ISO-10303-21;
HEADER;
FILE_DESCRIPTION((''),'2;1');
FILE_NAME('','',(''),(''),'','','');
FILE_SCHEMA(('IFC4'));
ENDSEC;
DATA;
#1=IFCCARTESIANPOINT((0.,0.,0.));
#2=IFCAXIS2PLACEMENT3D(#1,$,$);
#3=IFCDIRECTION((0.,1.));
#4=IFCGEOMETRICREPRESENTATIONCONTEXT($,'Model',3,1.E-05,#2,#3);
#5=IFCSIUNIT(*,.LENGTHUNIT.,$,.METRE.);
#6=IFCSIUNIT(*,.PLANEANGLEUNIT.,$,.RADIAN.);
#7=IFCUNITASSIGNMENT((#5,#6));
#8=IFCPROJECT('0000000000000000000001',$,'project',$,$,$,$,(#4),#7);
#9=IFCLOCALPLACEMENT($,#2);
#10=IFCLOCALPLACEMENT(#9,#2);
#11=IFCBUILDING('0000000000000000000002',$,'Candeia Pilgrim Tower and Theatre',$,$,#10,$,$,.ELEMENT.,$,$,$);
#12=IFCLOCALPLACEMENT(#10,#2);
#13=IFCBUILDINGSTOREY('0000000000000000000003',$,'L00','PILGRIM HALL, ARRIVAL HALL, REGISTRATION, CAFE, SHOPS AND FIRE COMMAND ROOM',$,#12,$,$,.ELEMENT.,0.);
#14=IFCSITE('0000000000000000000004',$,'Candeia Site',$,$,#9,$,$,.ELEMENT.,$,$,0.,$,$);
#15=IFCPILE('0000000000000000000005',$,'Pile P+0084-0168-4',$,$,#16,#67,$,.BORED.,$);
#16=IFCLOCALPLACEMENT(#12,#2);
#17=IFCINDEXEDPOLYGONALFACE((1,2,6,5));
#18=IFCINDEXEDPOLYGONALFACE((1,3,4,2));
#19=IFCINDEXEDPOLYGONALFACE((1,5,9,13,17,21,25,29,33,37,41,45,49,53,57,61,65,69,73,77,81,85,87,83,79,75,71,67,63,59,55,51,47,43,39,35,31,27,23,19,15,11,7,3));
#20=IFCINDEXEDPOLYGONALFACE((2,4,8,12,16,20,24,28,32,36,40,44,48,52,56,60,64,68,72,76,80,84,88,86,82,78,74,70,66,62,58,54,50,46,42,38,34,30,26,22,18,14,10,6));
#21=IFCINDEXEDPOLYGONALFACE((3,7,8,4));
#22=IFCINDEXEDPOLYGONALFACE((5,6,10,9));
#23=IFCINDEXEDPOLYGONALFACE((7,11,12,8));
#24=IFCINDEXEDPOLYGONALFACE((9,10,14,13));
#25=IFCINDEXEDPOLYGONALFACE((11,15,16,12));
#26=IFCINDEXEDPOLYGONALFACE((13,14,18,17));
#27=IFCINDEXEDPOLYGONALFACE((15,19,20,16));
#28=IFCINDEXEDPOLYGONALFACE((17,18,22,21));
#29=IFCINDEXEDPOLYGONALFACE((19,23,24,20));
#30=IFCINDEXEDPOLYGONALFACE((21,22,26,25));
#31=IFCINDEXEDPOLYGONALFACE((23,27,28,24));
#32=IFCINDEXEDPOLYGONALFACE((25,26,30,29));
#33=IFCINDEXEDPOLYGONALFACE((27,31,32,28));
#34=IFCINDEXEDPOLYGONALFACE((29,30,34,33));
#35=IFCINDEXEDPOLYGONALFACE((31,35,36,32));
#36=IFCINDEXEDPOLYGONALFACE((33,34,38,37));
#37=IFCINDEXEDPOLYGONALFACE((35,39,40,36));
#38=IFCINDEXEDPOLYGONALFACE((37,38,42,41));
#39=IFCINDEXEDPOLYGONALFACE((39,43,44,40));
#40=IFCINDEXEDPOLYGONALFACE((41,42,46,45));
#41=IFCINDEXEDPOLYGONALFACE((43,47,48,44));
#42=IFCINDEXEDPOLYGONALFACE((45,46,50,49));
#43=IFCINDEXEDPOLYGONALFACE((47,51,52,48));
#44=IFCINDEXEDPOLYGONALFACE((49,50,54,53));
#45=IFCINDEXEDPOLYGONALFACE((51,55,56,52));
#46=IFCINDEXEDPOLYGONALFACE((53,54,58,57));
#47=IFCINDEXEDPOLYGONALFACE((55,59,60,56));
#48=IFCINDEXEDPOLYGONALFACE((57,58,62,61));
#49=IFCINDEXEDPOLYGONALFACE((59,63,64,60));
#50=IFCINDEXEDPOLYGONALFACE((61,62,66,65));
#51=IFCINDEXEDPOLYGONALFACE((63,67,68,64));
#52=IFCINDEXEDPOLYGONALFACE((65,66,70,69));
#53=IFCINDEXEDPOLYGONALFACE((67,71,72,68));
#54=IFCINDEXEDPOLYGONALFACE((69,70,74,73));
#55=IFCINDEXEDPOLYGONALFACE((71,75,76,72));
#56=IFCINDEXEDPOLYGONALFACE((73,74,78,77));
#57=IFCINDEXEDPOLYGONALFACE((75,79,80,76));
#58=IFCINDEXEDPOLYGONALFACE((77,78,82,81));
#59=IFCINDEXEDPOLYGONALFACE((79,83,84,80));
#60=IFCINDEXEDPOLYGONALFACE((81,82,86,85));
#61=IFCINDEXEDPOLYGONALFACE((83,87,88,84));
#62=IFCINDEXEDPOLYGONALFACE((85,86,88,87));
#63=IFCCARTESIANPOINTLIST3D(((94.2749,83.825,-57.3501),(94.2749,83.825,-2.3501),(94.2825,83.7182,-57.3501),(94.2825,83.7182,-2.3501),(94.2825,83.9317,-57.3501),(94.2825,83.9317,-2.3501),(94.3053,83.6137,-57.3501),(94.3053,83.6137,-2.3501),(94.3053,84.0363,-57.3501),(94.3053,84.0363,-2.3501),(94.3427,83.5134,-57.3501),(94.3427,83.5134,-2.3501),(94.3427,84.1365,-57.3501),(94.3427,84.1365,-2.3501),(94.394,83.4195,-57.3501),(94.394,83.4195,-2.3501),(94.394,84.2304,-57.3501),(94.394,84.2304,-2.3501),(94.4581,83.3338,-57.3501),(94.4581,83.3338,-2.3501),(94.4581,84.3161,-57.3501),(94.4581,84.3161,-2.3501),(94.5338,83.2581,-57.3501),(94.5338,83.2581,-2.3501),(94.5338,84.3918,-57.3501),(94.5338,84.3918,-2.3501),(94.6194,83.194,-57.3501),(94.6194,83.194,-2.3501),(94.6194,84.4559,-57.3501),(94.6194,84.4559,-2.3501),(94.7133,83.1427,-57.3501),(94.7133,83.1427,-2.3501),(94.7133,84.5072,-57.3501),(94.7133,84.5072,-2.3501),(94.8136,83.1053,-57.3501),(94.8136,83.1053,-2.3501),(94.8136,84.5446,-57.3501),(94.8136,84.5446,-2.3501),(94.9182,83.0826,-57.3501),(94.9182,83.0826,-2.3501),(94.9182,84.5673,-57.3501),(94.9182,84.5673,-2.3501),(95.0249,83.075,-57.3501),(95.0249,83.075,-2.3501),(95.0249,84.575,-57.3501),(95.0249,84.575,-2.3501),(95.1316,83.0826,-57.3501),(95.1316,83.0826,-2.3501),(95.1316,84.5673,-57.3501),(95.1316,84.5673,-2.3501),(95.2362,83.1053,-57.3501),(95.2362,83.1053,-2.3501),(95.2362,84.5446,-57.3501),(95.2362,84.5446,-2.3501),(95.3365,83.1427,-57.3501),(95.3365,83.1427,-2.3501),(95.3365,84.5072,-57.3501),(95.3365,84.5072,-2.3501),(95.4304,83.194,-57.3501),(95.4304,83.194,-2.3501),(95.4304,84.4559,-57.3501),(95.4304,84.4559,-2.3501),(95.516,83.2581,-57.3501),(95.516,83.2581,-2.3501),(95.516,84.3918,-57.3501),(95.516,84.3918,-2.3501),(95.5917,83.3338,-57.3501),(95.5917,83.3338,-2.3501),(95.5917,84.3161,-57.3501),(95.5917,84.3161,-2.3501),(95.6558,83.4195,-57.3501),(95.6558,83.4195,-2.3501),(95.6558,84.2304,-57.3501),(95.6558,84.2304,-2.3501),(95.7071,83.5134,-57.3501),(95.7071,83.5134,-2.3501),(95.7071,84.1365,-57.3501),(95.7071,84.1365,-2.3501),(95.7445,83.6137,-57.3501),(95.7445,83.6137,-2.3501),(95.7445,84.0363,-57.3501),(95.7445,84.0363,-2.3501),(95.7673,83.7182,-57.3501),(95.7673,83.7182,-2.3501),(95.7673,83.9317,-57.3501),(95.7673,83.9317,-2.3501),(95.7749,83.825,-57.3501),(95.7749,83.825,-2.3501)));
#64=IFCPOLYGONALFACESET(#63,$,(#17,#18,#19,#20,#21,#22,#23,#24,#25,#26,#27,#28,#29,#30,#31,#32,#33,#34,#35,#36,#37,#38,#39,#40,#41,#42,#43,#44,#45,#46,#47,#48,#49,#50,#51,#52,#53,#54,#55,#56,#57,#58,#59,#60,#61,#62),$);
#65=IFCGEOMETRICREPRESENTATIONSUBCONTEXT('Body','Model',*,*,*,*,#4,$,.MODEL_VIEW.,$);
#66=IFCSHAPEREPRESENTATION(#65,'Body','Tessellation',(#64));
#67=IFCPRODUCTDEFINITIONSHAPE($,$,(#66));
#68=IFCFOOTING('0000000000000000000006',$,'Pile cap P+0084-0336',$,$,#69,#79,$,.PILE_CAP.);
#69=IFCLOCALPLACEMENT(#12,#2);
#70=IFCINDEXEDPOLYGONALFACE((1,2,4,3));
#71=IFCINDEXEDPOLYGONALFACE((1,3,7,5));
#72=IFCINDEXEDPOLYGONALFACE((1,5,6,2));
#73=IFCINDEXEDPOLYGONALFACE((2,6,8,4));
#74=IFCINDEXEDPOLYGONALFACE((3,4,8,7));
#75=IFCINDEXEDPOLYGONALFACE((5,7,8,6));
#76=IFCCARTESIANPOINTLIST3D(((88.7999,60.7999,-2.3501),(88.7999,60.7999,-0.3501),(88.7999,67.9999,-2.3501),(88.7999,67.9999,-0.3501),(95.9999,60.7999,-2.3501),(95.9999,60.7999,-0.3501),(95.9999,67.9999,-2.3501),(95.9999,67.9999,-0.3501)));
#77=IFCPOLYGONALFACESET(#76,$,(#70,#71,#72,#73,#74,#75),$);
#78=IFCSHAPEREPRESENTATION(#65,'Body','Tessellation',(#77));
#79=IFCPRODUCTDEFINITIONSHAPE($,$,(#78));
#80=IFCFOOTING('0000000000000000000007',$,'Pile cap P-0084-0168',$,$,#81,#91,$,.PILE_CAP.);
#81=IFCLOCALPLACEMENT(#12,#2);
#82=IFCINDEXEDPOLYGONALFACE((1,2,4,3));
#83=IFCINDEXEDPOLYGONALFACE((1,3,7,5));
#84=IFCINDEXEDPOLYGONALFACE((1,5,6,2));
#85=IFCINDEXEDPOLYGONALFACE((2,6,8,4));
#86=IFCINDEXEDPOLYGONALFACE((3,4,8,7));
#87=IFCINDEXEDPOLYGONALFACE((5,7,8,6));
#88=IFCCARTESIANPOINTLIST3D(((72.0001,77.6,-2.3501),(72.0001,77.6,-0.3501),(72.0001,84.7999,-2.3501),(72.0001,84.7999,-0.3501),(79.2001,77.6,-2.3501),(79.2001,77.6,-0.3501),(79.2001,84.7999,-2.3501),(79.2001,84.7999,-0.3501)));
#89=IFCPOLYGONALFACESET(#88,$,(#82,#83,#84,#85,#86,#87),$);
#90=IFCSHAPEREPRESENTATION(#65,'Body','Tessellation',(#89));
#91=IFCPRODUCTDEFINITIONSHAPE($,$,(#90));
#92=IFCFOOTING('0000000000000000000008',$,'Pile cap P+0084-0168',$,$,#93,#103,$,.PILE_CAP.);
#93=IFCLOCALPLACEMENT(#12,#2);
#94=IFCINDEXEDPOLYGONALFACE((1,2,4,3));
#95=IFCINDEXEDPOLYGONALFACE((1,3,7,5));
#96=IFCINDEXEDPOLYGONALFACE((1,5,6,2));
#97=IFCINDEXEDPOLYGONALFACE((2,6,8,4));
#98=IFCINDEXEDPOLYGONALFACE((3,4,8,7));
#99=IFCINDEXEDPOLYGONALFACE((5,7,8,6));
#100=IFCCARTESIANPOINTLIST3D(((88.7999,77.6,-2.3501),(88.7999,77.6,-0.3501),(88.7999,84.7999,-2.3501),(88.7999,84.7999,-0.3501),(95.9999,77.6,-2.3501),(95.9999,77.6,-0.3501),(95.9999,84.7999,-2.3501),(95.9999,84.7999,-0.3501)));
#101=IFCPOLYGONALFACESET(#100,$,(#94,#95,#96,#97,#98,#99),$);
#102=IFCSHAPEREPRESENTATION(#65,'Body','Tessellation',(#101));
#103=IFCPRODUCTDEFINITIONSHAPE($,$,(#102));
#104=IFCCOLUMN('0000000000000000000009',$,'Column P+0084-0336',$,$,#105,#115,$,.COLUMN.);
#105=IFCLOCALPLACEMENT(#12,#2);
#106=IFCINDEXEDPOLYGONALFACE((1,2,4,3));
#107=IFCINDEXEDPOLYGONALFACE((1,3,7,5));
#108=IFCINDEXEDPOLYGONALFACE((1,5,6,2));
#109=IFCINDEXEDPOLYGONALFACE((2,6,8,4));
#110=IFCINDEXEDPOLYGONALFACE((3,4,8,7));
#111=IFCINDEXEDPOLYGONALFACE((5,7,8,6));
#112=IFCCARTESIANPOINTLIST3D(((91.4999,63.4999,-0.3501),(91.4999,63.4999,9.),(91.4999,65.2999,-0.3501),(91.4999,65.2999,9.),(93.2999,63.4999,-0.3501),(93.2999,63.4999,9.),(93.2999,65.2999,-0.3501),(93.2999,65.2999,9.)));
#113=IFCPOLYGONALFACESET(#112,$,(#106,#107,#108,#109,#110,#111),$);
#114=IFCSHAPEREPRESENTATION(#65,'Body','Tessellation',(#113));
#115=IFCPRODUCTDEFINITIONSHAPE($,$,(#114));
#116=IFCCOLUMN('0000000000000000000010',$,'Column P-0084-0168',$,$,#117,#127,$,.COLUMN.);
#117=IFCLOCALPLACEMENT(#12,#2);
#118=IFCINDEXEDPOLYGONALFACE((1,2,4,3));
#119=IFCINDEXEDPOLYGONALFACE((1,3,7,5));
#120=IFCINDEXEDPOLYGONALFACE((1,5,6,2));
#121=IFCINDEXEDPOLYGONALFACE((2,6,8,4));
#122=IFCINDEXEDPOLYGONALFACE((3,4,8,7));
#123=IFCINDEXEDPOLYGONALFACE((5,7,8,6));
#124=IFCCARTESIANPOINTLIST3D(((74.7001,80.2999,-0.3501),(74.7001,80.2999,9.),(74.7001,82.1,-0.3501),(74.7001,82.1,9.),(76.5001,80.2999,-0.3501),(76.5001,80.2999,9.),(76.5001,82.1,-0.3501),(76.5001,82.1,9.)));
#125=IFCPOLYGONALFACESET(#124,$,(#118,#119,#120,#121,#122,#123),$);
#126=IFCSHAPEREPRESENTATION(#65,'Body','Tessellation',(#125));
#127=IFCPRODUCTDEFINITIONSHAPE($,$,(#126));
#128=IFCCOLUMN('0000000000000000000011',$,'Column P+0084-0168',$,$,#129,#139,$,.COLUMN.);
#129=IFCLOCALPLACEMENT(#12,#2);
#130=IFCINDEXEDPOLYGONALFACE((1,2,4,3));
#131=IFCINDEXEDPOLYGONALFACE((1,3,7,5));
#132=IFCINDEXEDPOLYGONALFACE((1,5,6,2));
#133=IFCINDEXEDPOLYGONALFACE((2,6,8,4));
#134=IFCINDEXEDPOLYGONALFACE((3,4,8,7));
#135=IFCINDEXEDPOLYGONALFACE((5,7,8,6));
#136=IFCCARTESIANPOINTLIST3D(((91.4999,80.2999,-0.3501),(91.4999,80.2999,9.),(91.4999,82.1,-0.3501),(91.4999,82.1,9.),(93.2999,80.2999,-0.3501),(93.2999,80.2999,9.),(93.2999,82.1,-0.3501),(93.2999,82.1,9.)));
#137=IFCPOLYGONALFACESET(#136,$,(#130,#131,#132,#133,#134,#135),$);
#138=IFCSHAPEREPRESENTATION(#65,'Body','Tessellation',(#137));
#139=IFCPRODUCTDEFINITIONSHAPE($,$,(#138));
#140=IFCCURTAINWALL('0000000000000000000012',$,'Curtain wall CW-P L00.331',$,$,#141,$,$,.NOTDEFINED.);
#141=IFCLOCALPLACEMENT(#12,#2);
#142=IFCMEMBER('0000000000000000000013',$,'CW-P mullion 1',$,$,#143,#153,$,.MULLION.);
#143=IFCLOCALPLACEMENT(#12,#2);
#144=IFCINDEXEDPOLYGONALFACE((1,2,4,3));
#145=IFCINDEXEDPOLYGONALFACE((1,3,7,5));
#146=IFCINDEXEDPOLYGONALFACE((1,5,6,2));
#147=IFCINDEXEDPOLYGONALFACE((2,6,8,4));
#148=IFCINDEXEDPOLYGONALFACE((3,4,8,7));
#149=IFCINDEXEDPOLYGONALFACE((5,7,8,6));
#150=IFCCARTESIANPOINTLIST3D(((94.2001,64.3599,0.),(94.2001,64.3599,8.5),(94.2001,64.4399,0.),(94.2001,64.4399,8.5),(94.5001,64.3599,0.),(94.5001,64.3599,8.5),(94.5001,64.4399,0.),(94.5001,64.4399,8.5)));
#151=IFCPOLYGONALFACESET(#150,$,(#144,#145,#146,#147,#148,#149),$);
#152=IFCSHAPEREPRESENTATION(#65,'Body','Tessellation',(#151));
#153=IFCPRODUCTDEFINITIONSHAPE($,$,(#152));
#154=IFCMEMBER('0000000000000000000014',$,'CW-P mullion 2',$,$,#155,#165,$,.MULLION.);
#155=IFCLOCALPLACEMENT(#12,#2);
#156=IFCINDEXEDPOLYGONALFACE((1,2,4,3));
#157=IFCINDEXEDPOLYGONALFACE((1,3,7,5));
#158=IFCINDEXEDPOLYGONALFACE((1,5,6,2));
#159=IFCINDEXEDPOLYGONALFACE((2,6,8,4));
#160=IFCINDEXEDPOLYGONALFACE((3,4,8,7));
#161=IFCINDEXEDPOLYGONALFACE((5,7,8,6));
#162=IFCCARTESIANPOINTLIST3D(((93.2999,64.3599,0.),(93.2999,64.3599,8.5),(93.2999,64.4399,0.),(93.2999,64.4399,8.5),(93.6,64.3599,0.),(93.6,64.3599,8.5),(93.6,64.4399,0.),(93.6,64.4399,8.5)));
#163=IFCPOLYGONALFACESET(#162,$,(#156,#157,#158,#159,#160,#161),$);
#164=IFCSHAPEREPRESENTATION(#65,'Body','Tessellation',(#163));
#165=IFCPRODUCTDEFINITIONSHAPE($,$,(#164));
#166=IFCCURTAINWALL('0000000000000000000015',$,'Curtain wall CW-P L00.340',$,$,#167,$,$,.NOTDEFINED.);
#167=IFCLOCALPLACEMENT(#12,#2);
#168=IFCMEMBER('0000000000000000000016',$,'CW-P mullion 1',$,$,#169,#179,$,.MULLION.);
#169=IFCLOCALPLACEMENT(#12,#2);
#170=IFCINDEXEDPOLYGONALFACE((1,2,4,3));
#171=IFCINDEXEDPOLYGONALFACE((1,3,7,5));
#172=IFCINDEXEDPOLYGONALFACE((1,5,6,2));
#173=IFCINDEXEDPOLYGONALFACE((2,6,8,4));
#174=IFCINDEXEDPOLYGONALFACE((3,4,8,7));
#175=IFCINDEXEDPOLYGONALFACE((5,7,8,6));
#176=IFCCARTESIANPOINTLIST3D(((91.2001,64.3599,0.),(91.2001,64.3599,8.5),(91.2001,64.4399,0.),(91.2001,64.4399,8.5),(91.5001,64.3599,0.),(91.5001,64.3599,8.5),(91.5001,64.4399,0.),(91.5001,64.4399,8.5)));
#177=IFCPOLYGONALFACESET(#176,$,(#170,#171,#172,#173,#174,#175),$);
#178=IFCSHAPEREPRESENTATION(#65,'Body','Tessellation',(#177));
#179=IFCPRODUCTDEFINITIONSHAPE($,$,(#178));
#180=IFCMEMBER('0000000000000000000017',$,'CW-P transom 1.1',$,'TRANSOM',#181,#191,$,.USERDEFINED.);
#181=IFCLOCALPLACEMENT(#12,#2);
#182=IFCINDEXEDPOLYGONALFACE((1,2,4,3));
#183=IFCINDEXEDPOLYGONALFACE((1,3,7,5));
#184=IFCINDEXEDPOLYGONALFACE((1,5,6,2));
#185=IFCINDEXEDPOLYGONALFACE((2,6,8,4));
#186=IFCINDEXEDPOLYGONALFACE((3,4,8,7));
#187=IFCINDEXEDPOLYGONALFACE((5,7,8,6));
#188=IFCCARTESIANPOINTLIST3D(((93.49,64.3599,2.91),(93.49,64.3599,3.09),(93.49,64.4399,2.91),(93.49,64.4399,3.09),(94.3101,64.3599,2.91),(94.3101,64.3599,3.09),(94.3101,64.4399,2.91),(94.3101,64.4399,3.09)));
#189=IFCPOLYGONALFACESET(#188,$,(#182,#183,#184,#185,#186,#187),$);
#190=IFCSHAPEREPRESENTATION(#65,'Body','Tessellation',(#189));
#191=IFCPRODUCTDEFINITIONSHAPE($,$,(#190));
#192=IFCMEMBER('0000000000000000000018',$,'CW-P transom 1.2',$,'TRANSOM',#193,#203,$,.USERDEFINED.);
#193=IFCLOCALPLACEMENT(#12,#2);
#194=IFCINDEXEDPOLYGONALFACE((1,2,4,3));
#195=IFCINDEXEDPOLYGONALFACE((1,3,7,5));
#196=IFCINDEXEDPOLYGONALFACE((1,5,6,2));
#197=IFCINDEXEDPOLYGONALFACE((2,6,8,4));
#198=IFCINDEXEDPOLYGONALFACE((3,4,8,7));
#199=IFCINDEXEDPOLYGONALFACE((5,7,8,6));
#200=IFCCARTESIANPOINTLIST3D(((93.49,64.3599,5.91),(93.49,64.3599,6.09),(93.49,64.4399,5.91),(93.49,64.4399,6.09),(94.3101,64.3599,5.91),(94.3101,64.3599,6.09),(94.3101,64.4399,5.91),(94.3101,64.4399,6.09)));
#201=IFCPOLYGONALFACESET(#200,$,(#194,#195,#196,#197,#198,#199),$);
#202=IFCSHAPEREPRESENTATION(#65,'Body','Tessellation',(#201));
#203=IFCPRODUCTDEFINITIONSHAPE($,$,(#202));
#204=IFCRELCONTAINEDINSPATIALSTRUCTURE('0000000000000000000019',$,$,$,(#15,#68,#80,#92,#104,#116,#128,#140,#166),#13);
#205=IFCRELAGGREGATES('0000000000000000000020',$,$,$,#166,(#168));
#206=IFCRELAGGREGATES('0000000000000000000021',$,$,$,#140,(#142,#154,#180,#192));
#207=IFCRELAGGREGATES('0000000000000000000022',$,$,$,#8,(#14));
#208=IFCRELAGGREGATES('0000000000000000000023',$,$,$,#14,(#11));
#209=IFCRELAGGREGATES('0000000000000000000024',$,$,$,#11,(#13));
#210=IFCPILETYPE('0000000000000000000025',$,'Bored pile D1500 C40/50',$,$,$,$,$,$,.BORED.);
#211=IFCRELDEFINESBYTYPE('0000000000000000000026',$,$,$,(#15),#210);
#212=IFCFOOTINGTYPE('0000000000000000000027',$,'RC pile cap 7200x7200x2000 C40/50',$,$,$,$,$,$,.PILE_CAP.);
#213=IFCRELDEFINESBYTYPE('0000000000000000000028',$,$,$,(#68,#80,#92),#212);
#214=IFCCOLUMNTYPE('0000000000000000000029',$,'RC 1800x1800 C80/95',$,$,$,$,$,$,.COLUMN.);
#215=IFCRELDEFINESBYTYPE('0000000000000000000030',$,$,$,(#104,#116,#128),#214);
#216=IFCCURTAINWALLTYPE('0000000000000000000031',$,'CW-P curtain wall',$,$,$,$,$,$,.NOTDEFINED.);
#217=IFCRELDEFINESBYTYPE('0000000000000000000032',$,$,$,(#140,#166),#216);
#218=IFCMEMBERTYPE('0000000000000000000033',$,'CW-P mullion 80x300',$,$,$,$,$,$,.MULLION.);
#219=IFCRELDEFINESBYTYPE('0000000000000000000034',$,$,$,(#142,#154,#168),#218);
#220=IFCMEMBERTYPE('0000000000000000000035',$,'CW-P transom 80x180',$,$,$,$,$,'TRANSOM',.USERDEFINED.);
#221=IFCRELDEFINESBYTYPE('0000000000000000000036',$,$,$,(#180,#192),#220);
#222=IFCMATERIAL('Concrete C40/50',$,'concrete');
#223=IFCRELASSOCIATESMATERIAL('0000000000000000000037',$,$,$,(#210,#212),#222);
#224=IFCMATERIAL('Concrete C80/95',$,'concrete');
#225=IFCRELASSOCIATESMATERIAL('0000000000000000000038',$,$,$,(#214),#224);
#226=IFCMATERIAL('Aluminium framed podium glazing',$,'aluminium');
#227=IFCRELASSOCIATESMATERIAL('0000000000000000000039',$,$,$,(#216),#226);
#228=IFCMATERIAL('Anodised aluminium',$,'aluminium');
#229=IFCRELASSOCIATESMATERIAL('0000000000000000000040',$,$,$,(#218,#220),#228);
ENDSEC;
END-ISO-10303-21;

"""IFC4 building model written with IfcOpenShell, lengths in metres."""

from ifc_helpers import new_model, si_unit, direction, frame, origin, origin_2d, place, context, subcontext, project, spatial, rectangle, circle, extrude, material, material_profile, profile_set, type_object, element, aggregate, save


model = new_model("IFC4")

# Units and contexts
model_context = context("Model", 3, precision=1e-05, world=origin(), true_north=direction((0.0, 1.0)))
body_context = subcontext(model_context, "Body", "Model", "MODEL_VIEW")
ifc_project = project(units=[si_unit("LENGTHUNIT", "METRE"), si_unit("PLANEANGLEUNIT", "RADIAN")], contexts=[model_context])

# Site, building, storey
site_placement = place(None, origin())
site = spatial("IfcSite", under=ifc_project, at=site_placement, Name="Candeia Site", CompositionType="ELEMENT", RefElevation=0.0)
building_placement = place(site_placement, origin())
building = spatial("IfcBuilding", under=site, at=building_placement, Name="Candeia Pilgrim Tower and Theatre", CompositionType="ELEMENT")
storey_placement = place(building_placement, origin())
storey = spatial("IfcBuildingStorey", under=building, at=storey_placement, Name="L00", Description="PILGRIM HALL, ARRIVAL HALL, REGISTRATION, CAFE, SHOPS AND FIRE COMMAND ROOM", CompositionType="ELEMENT", Elevation=0.0)

# Pile
ifc_material_1 = material(Name="Concrete C40/50", Category="concrete")
ifc_material_profile_1 = material_profile(ifc_material_1, circle(Radius=0.75, at=origin_2d()))
ifc_profile_set_1 = profile_set([ifc_material_profile_1], Name="Concrete C40/50")
pile_type = type_object("IfcPileType", Name="Bored pile D1500 C40/50", PredefinedType="BORED", material=ifc_profile_set_1)
for number, where, z_axis, x_axis, name in (
    (1, (95.0249, 83.825, -2.3501), (0.0, 0.0, -1.0), (1.0, 0.0, 0.0), "Pile P+0084-0168-4"),
):
    element("IfcPile", number, at=place(storey_placement, frame(where, z_axis=z_axis, x_axis=x_axis)), inside=storey, type_object=pile_type, Name=name, PredefinedType="BORED", context=body_context, shape_type="SweptSolid", body=[
        extrude(circle(Radius=0.75, at=origin_2d()), origin(), (0.0, 0.0, 1.0), 55.0),
    ])

# Footings
footing_type = type_object("IfcFootingType", Name="RC pile cap 7200x7200x2000 C40/50", PredefinedType="PILE_CAP", material=ifc_material_1)
for number, where, z_axis, x_axis, name in (
    (2, (92.3999, 64.3999, -2.3501), (0.0, 0.0, 1.0), (1.0, 0.0, 0.0), "Pile cap P+0084-0336"),
    (3, (75.6001, 81.2, -2.3501), (0.0, 0.0, 1.0), (1.0, 0.0, 0.0), "Pile cap P-0084-0168"),
    (4, (92.3999, 81.2, -2.3501), (0.0, 0.0, 1.0), (1.0, 0.0, 0.0), "Pile cap P+0084-0168"),
):
    element("IfcFooting", number, at=place(storey_placement, frame(where, z_axis=z_axis, x_axis=x_axis)), inside=storey, type_object=footing_type, Name=name, PredefinedType="PILE_CAP", context=body_context, shape_type="SweptSolid", body=[
        extrude(rectangle(XDim=7.2, YDim=7.2, at=origin_2d()), origin(), (0.0, 0.0, 1.0), 2.0),
    ])

# Columns
ifc_material_2 = material(Name="Concrete C80/95", Category="concrete")
ifc_material_profile_2 = material_profile(ifc_material_2, rectangle(XDim=1.8, YDim=1.8, at=origin_2d()))
ifc_profile_set_2 = profile_set([ifc_material_profile_2], Name="Concrete C80/95")
column_type = type_object("IfcColumnType", Name="RC 1800x1800 C80/95", PredefinedType="COLUMN", material=ifc_profile_set_2)
for number, where, z_axis, x_axis, name in (
    (5, (92.3999, 64.3999, -0.3501), (0.0, 0.0, 1.0), (1.0, 0.0, 0.0), "Column P+0084-0336"),
    (6, (75.6001, 81.2, -0.3501), (0.0, 0.0, 1.0), (1.0, 0.0, 0.0), "Column P-0084-0168"),
    (7, (92.3999, 81.2, -0.3501), (0.0, 0.0, 1.0), (1.0, 0.0, 0.0), "Column P+0084-0168"),
):
    element("IfcColumn", number, at=place(storey_placement, frame(where, z_axis=z_axis, x_axis=x_axis)), inside=storey, type_object=column_type, Name=name, PredefinedType="COLUMN", context=body_context, shape_type="SweptSolid", body=[
        extrude(rectangle(XDim=1.8, YDim=1.8, at=origin_2d()), origin(), (0.0, 0.0, 1.0), 9.3501),
    ])

# Curtain wall, members
ifc_material_3 = material(Name="Aluminium framed podium glazing", Category="aluminium")
curtain_wall_type = type_object("IfcCurtainWallType", Name="CW-P curtain wall", PredefinedType="NOTDEFINED", material=ifc_material_3)
curtain_wall_1_placement = place(storey_placement, origin())
curtain_wall_1 = element("IfcCurtainWall", 8, at=curtain_wall_1_placement, inside=storey, type_object=curtain_wall_type, Name="Curtain wall CW-P L00.331", PredefinedType="NOTDEFINED")
ifc_material_4 = material(Name="Anodised aluminium", Category="aluminium")
ifc_material_profile_3 = material_profile(ifc_material_4, rectangle(XDim=0.0801, YDim=0.3, at=origin_2d()))
ifc_profile_set_3 = profile_set([ifc_material_profile_3], Name="Anodised aluminium")
member_type_1 = type_object("IfcMemberType", Name="CW-P mullion 80x300", PredefinedType="MULLION", material=ifc_profile_set_3)
member_1_placement = place(storey_placement, frame((94.3501, 64.3999, 0.0), z_axis=(0.0, 0.0, 1.0), x_axis=(0.0, -1.0, 0.0)))
member_1 = element("IfcMember", 9, at=member_1_placement, type_object=member_type_1, Name="CW-P mullion 1", PredefinedType="MULLION", context=body_context, shape_type="SweptSolid", body=[
    extrude(rectangle(XDim=0.0801, YDim=0.3, at=origin_2d()), origin(), (0.0, 0.0, 1.0), 8.5),
])
member_2_placement = place(storey_placement, frame((93.45, 64.3999, 0.0), z_axis=(0.0, 0.0, 1.0), x_axis=(0.0, -1.0, 0.0)))
member_2 = element("IfcMember", 10, at=member_2_placement, type_object=member_type_1, Name="CW-P mullion 2", PredefinedType="MULLION", context=body_context, shape_type="SweptSolid", body=[
    extrude(rectangle(XDim=0.0801, YDim=0.3, at=origin_2d()), origin(), (0.0, 0.0, 1.0), 8.5),
])

# Curtain wall, member
curtain_wall_2_placement = place(storey_placement, origin())
curtain_wall_2 = element("IfcCurtainWall", 11, at=curtain_wall_2_placement, inside=storey, type_object=curtain_wall_type, Name="Curtain wall CW-P L00.340", PredefinedType="NOTDEFINED")
member_3_placement = place(storey_placement, frame((91.3501, 64.3999, 0.0), z_axis=(0.0, 0.0, 1.0), x_axis=(0.0, -1.0, 0.0)))
member_3 = element("IfcMember", 12, at=member_3_placement, type_object=member_type_1, Name="CW-P mullion 1", PredefinedType="MULLION", context=body_context, shape_type="SweptSolid", body=[
    extrude(rectangle(XDim=0.0801, YDim=0.3, at=origin_2d()), origin(), (0.0, 0.0, 1.0), 8.5),
])

# Members
ifc_material_profile_4 = material_profile(ifc_material_4, rectangle(XDim=0.0801, YDim=0.1799, at=origin_2d()))
ifc_profile_set_4 = profile_set([ifc_material_profile_4], Name="Anodised aluminium")
member_type_2 = type_object("IfcMemberType", Name="CW-P transom 80x180", ElementType="TRANSOM", PredefinedType="USERDEFINED", material=ifc_profile_set_4)
member_4_placement = place(storey_placement, frame((94.3101, 64.3999, 3.0), z_axis=(-1.0, 0.0, 0.0), x_axis=(0.0, -1.0, 0.0)))
member_4 = element("IfcMember", 13, at=member_4_placement, type_object=member_type_2, Name="CW-P transom 1.1", ObjectType="TRANSOM", PredefinedType="USERDEFINED", context=body_context, shape_type="SweptSolid", body=[
    extrude(rectangle(XDim=0.0801, YDim=0.1799, at=origin_2d()), origin(), (0.0, 0.0, 1.0), 0.8201),
])
member_5_placement = place(storey_placement, frame((94.3101, 64.3999, 6.0), z_axis=(-1.0, 0.0, 0.0), x_axis=(0.0, -1.0, 0.0)))
member_5 = element("IfcMember", 14, at=member_5_placement, type_object=member_type_2, Name="CW-P transom 1.2", ObjectType="TRANSOM", PredefinedType="USERDEFINED", context=body_context, shape_type="SweptSolid", body=[
    extrude(rectangle(XDim=0.0801, YDim=0.1799, at=origin_2d()), origin(), (0.0, 0.0, 1.0), 0.8201),
])
aggregate(curtain_wall_2, [member_3])

aggregate(curtain_wall_1, [member_1, member_2, member_4, member_5])

save(model, "model.ifc")
